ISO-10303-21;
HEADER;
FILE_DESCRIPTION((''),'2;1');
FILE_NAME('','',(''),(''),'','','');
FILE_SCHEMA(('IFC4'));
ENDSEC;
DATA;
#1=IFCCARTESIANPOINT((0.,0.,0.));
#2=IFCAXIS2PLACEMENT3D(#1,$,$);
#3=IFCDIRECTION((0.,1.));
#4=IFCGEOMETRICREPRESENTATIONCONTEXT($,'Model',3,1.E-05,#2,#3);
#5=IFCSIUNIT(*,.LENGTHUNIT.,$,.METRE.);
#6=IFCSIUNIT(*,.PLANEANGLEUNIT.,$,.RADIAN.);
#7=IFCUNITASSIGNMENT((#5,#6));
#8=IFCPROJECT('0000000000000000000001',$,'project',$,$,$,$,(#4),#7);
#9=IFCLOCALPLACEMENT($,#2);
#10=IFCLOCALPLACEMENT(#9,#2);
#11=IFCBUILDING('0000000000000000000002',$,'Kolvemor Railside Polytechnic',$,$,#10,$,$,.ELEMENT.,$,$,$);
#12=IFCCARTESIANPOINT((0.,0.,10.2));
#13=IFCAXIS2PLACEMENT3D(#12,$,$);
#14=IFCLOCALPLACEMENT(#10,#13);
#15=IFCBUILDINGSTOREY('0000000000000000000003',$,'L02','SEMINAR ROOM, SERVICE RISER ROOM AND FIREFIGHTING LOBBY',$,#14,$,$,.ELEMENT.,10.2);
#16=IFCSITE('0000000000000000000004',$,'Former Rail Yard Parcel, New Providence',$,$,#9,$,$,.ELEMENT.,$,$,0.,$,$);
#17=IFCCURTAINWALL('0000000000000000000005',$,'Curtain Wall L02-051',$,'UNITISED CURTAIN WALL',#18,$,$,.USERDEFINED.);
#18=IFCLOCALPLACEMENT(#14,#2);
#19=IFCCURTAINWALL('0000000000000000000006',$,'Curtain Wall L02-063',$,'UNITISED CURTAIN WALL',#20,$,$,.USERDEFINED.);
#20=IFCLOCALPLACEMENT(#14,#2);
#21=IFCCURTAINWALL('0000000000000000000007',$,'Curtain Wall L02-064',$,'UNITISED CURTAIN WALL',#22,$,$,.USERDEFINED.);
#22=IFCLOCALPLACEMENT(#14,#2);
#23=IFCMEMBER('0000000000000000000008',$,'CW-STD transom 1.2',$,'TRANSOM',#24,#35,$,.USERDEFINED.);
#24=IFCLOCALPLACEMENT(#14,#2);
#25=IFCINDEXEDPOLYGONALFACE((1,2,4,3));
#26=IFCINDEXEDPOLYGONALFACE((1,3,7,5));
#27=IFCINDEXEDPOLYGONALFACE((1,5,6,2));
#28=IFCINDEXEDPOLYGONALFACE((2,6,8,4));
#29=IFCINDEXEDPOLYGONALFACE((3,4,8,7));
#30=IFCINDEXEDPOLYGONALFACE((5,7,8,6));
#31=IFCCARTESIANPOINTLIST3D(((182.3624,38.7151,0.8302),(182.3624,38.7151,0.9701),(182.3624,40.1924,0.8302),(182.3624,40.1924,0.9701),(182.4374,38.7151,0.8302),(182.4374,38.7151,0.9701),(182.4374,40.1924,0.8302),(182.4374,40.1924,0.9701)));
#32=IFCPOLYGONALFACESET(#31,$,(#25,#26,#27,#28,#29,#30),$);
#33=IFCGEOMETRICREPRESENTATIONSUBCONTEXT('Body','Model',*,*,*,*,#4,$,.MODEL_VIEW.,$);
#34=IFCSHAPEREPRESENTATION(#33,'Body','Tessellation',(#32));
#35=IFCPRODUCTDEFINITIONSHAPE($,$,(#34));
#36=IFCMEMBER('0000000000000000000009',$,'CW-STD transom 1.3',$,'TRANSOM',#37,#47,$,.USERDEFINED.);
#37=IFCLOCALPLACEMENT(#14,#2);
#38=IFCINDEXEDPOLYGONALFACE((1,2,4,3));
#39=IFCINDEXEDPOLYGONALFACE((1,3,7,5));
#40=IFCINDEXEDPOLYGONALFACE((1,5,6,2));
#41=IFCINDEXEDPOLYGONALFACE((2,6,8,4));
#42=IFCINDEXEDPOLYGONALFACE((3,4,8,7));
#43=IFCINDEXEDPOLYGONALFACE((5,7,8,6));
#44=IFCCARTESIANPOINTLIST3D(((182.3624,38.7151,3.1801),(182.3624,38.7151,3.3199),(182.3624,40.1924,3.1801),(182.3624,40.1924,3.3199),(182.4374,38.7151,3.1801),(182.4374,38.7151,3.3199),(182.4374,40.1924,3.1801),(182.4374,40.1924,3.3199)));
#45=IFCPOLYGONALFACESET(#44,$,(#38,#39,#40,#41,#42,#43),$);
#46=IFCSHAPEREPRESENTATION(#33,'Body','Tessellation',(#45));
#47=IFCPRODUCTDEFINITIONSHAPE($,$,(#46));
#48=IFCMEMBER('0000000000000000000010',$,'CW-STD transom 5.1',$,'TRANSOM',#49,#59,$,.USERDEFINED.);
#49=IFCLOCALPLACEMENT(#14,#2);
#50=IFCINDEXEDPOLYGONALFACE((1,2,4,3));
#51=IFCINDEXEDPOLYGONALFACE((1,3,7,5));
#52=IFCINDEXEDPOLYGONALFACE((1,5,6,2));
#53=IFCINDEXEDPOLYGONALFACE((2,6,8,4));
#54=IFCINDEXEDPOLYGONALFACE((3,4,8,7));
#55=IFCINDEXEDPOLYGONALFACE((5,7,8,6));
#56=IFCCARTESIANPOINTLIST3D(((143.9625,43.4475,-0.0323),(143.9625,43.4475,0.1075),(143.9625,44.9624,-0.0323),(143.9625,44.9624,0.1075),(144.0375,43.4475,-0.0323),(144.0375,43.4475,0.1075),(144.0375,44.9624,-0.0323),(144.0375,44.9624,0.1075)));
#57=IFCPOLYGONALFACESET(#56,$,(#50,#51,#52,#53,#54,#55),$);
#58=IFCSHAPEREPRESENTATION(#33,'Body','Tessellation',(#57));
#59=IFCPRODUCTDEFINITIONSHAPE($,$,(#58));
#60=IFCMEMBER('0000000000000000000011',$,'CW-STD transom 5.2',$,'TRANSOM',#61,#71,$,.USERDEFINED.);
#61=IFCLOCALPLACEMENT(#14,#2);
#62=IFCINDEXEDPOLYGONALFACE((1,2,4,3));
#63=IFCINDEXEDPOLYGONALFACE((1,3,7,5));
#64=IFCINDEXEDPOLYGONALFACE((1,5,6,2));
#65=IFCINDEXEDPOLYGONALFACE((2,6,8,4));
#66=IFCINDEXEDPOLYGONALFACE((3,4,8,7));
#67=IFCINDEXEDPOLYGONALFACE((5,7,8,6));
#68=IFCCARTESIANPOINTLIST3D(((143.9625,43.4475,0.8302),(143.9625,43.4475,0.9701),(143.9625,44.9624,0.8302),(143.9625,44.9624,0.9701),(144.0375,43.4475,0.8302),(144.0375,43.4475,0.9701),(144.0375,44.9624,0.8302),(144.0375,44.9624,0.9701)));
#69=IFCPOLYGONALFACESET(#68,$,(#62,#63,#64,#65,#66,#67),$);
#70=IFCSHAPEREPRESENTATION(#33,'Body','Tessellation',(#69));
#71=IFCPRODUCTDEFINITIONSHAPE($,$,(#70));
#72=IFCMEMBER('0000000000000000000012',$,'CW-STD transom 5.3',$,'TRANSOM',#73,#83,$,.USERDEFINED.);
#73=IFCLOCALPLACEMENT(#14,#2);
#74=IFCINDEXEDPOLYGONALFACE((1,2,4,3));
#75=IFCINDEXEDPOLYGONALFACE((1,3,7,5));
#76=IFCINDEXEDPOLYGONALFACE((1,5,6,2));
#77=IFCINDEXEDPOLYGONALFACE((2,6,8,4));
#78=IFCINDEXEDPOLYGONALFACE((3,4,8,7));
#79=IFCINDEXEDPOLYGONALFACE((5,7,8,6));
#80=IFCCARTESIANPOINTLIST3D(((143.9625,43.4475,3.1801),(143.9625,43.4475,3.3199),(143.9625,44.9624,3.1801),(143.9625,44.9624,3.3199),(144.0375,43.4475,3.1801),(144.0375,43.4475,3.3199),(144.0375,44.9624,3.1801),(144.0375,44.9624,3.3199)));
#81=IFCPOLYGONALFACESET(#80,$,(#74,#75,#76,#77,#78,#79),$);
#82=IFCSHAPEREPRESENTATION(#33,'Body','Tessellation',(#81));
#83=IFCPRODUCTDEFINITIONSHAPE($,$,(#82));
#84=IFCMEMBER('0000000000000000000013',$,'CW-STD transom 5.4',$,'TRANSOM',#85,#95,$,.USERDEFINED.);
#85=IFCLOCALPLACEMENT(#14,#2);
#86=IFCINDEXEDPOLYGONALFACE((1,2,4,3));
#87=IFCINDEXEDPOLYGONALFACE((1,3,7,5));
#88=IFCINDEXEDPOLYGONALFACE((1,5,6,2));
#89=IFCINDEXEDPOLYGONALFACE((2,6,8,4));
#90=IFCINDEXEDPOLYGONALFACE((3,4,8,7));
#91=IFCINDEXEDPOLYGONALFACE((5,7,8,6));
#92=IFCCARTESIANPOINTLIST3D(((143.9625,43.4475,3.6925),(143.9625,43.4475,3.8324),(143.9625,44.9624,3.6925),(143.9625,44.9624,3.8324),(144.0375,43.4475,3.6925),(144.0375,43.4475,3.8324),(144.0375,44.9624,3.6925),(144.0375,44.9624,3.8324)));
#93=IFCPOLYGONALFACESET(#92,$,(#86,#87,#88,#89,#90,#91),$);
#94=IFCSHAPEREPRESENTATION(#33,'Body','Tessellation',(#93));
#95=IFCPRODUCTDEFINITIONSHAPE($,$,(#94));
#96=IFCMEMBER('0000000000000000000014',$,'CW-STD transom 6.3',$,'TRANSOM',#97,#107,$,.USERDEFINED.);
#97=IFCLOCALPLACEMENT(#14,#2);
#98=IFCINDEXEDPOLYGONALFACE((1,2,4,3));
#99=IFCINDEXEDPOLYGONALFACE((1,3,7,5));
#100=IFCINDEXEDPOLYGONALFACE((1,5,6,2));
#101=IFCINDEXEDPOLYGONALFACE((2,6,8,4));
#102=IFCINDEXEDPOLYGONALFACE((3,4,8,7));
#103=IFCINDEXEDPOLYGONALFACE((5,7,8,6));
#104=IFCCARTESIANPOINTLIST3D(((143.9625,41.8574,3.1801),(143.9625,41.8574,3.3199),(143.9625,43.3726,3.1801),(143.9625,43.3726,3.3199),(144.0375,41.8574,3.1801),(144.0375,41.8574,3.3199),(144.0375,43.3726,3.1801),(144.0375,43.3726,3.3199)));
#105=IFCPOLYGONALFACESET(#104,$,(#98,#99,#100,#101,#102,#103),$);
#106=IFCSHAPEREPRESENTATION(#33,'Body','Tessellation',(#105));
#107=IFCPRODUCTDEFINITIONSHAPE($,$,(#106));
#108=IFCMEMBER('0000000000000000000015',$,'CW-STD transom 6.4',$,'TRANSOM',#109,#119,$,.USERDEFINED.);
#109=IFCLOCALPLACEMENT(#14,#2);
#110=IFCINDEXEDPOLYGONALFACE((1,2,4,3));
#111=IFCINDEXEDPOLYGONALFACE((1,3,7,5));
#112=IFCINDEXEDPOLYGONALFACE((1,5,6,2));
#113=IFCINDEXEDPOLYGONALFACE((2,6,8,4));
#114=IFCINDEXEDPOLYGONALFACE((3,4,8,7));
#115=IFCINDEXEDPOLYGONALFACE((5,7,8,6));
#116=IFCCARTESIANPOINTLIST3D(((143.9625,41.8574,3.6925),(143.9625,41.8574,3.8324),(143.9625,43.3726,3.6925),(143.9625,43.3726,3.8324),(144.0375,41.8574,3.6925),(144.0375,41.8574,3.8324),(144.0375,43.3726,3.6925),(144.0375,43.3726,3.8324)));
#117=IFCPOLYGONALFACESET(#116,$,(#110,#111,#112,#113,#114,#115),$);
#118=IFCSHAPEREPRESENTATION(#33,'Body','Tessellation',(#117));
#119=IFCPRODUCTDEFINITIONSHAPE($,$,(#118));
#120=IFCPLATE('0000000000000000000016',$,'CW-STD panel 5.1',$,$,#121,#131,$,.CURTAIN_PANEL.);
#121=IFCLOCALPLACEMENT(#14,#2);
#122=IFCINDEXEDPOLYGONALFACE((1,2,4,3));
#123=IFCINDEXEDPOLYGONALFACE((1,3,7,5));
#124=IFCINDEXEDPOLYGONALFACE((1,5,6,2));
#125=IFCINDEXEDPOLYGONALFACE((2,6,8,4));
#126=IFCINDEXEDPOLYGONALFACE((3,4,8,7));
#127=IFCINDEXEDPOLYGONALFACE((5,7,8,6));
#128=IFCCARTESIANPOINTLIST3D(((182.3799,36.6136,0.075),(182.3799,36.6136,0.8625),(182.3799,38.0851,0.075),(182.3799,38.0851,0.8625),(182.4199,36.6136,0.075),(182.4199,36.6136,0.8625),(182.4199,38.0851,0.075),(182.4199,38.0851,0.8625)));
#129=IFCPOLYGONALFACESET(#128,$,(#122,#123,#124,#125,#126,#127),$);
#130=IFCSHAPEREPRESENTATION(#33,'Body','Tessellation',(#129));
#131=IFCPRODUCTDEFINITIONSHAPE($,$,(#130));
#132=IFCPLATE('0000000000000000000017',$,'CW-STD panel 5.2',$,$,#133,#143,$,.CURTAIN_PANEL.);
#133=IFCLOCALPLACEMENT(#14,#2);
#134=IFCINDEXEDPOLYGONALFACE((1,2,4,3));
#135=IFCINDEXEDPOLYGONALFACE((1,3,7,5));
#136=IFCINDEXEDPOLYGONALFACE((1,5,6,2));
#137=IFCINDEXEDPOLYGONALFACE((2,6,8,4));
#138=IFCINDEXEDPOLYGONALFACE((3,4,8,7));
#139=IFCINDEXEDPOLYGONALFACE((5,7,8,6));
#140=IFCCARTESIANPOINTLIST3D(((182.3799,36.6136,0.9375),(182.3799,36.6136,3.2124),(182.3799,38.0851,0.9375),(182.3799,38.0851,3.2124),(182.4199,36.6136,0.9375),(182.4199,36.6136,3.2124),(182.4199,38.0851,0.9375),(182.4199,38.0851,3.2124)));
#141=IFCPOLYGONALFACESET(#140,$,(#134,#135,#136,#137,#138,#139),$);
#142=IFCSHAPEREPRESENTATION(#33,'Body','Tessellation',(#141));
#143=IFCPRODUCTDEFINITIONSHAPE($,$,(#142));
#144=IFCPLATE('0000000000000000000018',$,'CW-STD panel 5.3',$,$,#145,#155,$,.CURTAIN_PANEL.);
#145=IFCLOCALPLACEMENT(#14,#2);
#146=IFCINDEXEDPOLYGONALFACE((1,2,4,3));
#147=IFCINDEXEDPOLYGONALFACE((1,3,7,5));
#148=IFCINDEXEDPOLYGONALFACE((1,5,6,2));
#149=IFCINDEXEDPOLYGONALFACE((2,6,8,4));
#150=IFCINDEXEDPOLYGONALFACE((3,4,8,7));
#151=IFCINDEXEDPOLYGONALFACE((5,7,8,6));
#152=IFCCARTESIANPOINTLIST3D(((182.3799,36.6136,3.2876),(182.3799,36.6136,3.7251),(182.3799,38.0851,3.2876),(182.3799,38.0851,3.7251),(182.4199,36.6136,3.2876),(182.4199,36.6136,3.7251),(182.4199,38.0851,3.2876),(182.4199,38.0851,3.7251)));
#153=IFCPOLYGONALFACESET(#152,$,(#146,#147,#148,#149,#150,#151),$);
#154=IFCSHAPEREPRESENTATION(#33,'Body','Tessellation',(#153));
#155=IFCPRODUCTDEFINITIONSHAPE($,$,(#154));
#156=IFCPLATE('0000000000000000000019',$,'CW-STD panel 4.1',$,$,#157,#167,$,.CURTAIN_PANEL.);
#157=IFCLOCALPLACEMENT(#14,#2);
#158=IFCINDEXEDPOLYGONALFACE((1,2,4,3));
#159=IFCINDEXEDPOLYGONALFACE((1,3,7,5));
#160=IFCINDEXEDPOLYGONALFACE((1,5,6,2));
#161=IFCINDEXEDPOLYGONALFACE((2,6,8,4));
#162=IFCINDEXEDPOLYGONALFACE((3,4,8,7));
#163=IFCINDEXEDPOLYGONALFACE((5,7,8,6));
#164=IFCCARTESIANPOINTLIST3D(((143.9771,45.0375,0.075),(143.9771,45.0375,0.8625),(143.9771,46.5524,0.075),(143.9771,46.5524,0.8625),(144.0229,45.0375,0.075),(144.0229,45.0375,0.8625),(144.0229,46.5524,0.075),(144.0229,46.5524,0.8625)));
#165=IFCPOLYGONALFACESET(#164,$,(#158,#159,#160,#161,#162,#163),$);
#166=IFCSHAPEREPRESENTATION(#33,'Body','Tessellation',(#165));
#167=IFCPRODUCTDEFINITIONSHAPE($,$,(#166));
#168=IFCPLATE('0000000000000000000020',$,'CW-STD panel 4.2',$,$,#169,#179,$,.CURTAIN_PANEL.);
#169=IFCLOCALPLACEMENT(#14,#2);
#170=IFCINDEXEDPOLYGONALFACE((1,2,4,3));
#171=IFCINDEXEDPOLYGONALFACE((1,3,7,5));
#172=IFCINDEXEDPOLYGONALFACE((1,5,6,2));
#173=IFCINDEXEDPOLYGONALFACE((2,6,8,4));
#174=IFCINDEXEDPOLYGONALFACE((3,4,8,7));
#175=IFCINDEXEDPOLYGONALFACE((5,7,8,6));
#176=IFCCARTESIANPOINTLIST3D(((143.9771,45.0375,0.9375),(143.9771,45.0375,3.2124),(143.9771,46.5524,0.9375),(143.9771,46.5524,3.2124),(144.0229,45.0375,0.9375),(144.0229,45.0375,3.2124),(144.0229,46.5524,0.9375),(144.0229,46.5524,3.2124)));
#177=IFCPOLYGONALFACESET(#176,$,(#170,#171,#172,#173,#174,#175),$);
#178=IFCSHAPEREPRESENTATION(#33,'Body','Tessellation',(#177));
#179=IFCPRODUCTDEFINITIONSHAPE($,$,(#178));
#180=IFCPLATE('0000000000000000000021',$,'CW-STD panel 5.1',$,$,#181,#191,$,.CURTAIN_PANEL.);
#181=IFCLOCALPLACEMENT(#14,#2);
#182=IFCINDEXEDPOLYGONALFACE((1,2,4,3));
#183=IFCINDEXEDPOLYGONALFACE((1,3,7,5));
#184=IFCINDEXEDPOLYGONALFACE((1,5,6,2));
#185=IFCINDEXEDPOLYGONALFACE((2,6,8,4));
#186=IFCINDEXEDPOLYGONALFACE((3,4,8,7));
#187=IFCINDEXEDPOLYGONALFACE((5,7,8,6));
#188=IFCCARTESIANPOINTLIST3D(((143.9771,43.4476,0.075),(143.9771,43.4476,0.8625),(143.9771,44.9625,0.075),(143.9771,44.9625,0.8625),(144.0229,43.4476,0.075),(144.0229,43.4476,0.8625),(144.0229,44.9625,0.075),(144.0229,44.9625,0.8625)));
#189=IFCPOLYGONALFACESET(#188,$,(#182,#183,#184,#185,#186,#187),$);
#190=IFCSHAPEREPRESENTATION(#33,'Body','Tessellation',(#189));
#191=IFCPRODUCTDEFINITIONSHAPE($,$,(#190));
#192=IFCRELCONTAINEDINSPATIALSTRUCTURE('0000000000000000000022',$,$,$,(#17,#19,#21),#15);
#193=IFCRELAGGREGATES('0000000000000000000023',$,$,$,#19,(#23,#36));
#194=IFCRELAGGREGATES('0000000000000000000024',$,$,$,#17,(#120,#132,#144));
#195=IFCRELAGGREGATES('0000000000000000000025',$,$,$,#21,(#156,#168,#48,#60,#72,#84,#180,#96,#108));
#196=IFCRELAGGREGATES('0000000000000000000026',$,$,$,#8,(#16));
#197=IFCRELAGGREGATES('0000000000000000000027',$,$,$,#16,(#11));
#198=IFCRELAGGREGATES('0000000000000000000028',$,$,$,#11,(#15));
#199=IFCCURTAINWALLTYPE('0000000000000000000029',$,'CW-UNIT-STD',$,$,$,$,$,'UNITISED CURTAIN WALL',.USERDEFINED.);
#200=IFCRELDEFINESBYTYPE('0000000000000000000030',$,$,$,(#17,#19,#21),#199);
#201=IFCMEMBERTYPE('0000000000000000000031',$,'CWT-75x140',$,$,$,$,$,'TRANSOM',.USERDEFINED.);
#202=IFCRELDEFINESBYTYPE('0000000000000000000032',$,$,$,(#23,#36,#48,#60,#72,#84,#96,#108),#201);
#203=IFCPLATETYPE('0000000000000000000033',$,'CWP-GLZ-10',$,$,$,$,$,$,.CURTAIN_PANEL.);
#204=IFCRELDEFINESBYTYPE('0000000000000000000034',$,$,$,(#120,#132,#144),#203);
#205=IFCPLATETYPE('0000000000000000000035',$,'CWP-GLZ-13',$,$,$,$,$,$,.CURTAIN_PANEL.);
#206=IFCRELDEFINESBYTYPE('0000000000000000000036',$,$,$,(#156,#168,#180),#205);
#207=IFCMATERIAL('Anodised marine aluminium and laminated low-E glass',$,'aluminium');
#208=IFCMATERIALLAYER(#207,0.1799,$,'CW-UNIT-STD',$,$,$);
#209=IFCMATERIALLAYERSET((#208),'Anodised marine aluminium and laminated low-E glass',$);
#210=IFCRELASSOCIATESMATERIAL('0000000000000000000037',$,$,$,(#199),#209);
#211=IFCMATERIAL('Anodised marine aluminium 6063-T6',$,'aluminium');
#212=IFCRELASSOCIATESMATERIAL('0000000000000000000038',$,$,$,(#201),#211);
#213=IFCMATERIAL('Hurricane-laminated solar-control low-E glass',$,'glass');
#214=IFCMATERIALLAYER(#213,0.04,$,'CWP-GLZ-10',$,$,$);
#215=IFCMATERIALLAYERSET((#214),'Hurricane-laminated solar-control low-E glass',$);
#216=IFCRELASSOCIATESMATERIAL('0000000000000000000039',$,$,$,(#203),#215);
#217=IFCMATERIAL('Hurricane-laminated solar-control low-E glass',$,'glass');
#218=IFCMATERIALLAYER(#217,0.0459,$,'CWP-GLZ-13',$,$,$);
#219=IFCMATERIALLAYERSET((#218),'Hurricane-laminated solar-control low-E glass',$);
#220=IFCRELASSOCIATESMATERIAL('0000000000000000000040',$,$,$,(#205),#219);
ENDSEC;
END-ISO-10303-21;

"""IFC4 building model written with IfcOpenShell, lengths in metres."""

from ifc_helpers import new_model, si_unit, direction, frame, origin, origin_2d, place, context, subcontext, project, spatial, rectangle, extrude, material, layer, layer_set, material_profile, profile_set, type_object, element, aggregate, save


model = new_model("IFC4")

# Units and contexts
model_context = context("Model", 3, precision=1e-05, world=origin(), true_north=direction((0.0, 1.0)))
body_context = subcontext(model_context, "Body", "Model", "MODEL_VIEW")
ifc_project = project(units=[si_unit("LENGTHUNIT", "METRE"), si_unit("PLANEANGLEUNIT", "RADIAN")], contexts=[model_context])

# Site, building, storey
site_placement = place(None, origin())
site = spatial("IfcSite", under=ifc_project, at=site_placement, Name="Former Rail Yard Parcel, New Providence", CompositionType="ELEMENT", RefElevation=0.0)
building_placement = place(site_placement, origin())
building = spatial("IfcBuilding", under=site, at=building_placement, Name="Kolvemor Railside Polytechnic", CompositionType="ELEMENT")
storey_placement = place(building_placement, frame((0.0, 0.0, 10.2)))
storey = spatial("IfcBuildingStorey", under=building, at=storey_placement, Name="L02", Description="SEMINAR ROOM, SERVICE RISER ROOM AND FIREFIGHTING LOBBY", CompositionType="ELEMENT", Elevation=10.2)

# Curtain wall
ifc_material_1 = material(Name="Anodised marine aluminium and laminated low-E glass", Category="aluminium")
ifc_layer_1 = layer(ifc_material_1, 0.1799, Name="CW-UNIT-STD")
ifc_layer_set_1 = layer_set([ifc_layer_1], Name="Anodised marine aluminium and laminated low-E glass")
curtain_wall_type = type_object("IfcCurtainWallType", Name="CW-UNIT-STD", ElementType="UNITISED CURTAIN WALL", PredefinedType="USERDEFINED", material=ifc_layer_set_1)
curtain_wall_1_placement = place(storey_placement, origin())
curtain_wall_1 = element("IfcCurtainWall", 1, at=curtain_wall_1_placement, inside=storey, type_object=curtain_wall_type, Name="Curtain Wall L02-051", ObjectType="UNITISED CURTAIN WALL", PredefinedType="USERDEFINED")

# Curtain wall
curtain_wall_2_placement = place(storey_placement, origin())
curtain_wall_2 = element("IfcCurtainWall", 2, at=curtain_wall_2_placement, inside=storey, type_object=curtain_wall_type, Name="Curtain Wall L02-063", ObjectType="UNITISED CURTAIN WALL", PredefinedType="USERDEFINED")

# Curtain wall
curtain_wall_3_placement = place(storey_placement, origin())
curtain_wall_3 = element("IfcCurtainWall", 3, at=curtain_wall_3_placement, inside=storey, type_object=curtain_wall_type, Name="Curtain Wall L02-064", ObjectType="UNITISED CURTAIN WALL", PredefinedType="USERDEFINED")

# Members
ifc_material_2 = material(Name="Anodised marine aluminium 6063-T6", Category="aluminium")
ifc_material_profile_1 = material_profile(ifc_material_2, rectangle(XDim=0.075, YDim=0.1399, at=origin_2d()), Name="CW-TRN-75x140")
ifc_profile_set_1 = profile_set([ifc_material_profile_1], Name="Anodised marine aluminium 6063-T6")
member_type_1 = type_object("IfcMemberType", Name="CWT-75x140", ElementType="TRANSOM", PredefinedType="USERDEFINED", material=ifc_profile_set_1)
member_1_placement = place(storey_placement, frame((182.3999, 38.7151, 0.9001), z_axis=(0.0, 1.0, 0.0), x_axis=(-1.0, 0.0, 0.0)))
member_1 = element("IfcMember", 4, at=member_1_placement, type_object=member_type_1, Name="CW-STD transom 1.2", ObjectType="TRANSOM", PredefinedType="USERDEFINED", context=body_context, shape_type="SweptSolid", body=[
    extrude(rectangle(XDim=0.075, YDim=0.1399, at=origin_2d()), origin(), (0.0, 0.0, 1.0), 1.4773),
])
member_2_placement = place(storey_placement, frame((182.3999, 38.7151, 3.25), z_axis=(0.0, 1.0, 0.0), x_axis=(-1.0, 0.0, 0.0)))
member_2 = element("IfcMember", 5, at=member_2_placement, type_object=member_type_1, Name="CW-STD transom 1.3", ObjectType="TRANSOM", PredefinedType="USERDEFINED", context=body_context, shape_type="SweptSolid", body=[
    extrude(rectangle(XDim=0.075, YDim=0.1399, at=origin_2d()), origin(), (0.0, 0.0, 1.0), 1.4773),
])
aggregate(curtain_wall_2, [member_1, member_2])
member_3_placement = place(storey_placement, frame((144.0, 44.9624, 0.0376), z_axis=(0.0, -1.0, 0.0), x_axis=(1.0, 0.0, 0.0)))
member_3 = element("IfcMember", 6, at=member_3_placement, type_object=member_type_1, Name="CW-STD transom 5.1", ObjectType="TRANSOM", PredefinedType="USERDEFINED", context=body_context, shape_type="SweptSolid", body=[
    extrude(rectangle(XDim=0.075, YDim=0.1399, at=origin_2d()), origin(), (0.0, 0.0, 1.0), 1.5149),
])
member_4_placement = place(storey_placement, frame((144.0, 44.9624, 0.9001), z_axis=(0.0, -1.0, 0.0), x_axis=(1.0, 0.0, 0.0)))
member_4 = element("IfcMember", 7, at=member_4_placement, type_object=member_type_1, Name="CW-STD transom 5.2", ObjectType="TRANSOM", PredefinedType="USERDEFINED", context=body_context, shape_type="SweptSolid", body=[
    extrude(rectangle(XDim=0.075, YDim=0.1399, at=origin_2d()), origin(), (0.0, 0.0, 1.0), 1.5149),
])
member_5_placement = place(storey_placement, frame((144.0, 44.9624, 3.25), z_axis=(0.0, -1.0, 0.0), x_axis=(1.0, 0.0, 0.0)))
member_5 = element("IfcMember", 8, at=member_5_placement, type_object=member_type_1, Name="CW-STD transom 5.3", ObjectType="TRANSOM", PredefinedType="USERDEFINED", context=body_context, shape_type="SweptSolid", body=[
    extrude(rectangle(XDim=0.075, YDim=0.1399, at=origin_2d()), origin(), (0.0, 0.0, 1.0), 1.5149),
])
member_6_placement = place(storey_placement, frame((144.0, 44.9624, 3.7625), z_axis=(0.0, -1.0, 0.0), x_axis=(1.0, 0.0, 0.0)))
member_6 = element("IfcMember", 9, at=member_6_placement, type_object=member_type_1, Name="CW-STD transom 5.4", ObjectType="TRANSOM", PredefinedType="USERDEFINED", context=body_context, shape_type="SweptSolid", body=[
    extrude(rectangle(XDim=0.075, YDim=0.1399, at=origin_2d()), origin(), (0.0, 0.0, 1.0), 1.5149),
])
member_7_placement = place(storey_placement, frame((144.0, 43.3726, 3.25), z_axis=(0.0, -1.0, 0.0), x_axis=(1.0, 0.0, 0.0)))
member_7 = element("IfcMember", 10, at=member_7_placement, type_object=member_type_1, Name="CW-STD transom 6.3", ObjectType="TRANSOM", PredefinedType="USERDEFINED", context=body_context, shape_type="SweptSolid", body=[
    extrude(rectangle(XDim=0.075, YDim=0.1399, at=origin_2d()), origin(), (0.0, 0.0, 1.0), 1.5151),
])
member_8_placement = place(storey_placement, frame((144.0, 43.3726, 3.7625), z_axis=(0.0, -1.0, 0.0), x_axis=(1.0, 0.0, 0.0)))
member_8 = element("IfcMember", 11, at=member_8_placement, type_object=member_type_1, Name="CW-STD transom 6.4", ObjectType="TRANSOM", PredefinedType="USERDEFINED", context=body_context, shape_type="SweptSolid", body=[
    extrude(rectangle(XDim=0.075, YDim=0.1399, at=origin_2d()), origin(), (0.0, 0.0, 1.0), 1.5151),
])

# Plates
ifc_material_3 = material(Name="Hurricane-laminated solar-control low-E glass", Category="glass")
ifc_layer_2 = layer(ifc_material_3, 0.04, Name="CWP-GLZ-10")
ifc_layer_set_2 = layer_set([ifc_layer_2], Name="Hurricane-laminated solar-control low-E glass")
plate_type_1 = type_object("IfcPlateType", Name="CWP-GLZ-10", PredefinedType="CURTAIN_PANEL", material=ifc_layer_set_2)
plate_1_placement = place(storey_placement, frame((182.3999, 37.3494, 0.075), z_axis=(0.0, 0.0, 1.0), x_axis=(0.0, 1.0, 0.0)))
plate_1 = element("IfcPlate", 12, at=plate_1_placement, type_object=plate_type_1, Name="CW-STD panel 5.1", PredefinedType="CURTAIN_PANEL", context=body_context, shape_type="SweptSolid", body=[
    extrude(rectangle(XDim=1.4714, YDim=0.04, at=origin_2d()), origin(), (0.0, 0.0, 1.0), 0.7876),
])
plate_2_placement = place(storey_placement, frame((182.3999, 37.3494, 0.9375), z_axis=(0.0, 0.0, 1.0), x_axis=(0.0, 1.0, 0.0)))
plate_2 = element("IfcPlate", 13, at=plate_2_placement, type_object=plate_type_1, Name="CW-STD panel 5.2", PredefinedType="CURTAIN_PANEL", context=body_context, shape_type="SweptSolid", body=[
    extrude(rectangle(XDim=1.4714, YDim=0.04, at=origin_2d()), origin(), (0.0, 0.0, 1.0), 2.2749),
])
plate_3_placement = place(storey_placement, frame((182.3999, 37.3494, 3.2876), z_axis=(0.0, 0.0, 1.0), x_axis=(0.0, 1.0, 0.0)))
plate_3 = element("IfcPlate", 14, at=plate_3_placement, type_object=plate_type_1, Name="CW-STD panel 5.3", PredefinedType="CURTAIN_PANEL", context=body_context, shape_type="SweptSolid", body=[
    extrude(rectangle(XDim=1.4714, YDim=0.04, at=origin_2d()), origin(), (0.0, 0.0, 1.0), 0.4375),
])
aggregate(curtain_wall_1, [plate_1, plate_2, plate_3])
ifc_material_4 = material(Name="Hurricane-laminated solar-control low-E glass", Category="glass")
ifc_layer_3 = layer(ifc_material_4, 0.0459, Name="CWP-GLZ-13")
ifc_layer_set_3 = layer_set([ifc_layer_3], Name="Hurricane-laminated solar-control low-E glass")
plate_type_2 = type_object("IfcPlateType", Name="CWP-GLZ-13", PredefinedType="CURTAIN_PANEL", material=ifc_layer_set_3)
plate_4_placement = place(storey_placement, frame((144.0, 45.7949, 0.075), z_axis=(0.0, 0.0, 1.0), x_axis=(0.0, -1.0, 0.0)))
plate_4 = element("IfcPlate", 15, at=plate_4_placement, type_object=plate_type_2, Name="CW-STD panel 4.1", PredefinedType="CURTAIN_PANEL", context=body_context, shape_type="SweptSolid", body=[
    extrude(rectangle(XDim=1.5149, YDim=0.0459, at=origin_2d()), origin(), (0.0, 0.0, 1.0), 0.7876),
])
plate_5_placement = place(storey_placement, frame((144.0, 45.7949, 0.9375), z_axis=(0.0, 0.0, 1.0), x_axis=(0.0, -1.0, 0.0)))
plate_5 = element("IfcPlate", 16, at=plate_5_placement, type_object=plate_type_2, Name="CW-STD panel 4.2", PredefinedType="CURTAIN_PANEL", context=body_context, shape_type="SweptSolid", body=[
    extrude(rectangle(XDim=1.5149, YDim=0.0459, at=origin_2d()), origin(), (0.0, 0.0, 1.0), 2.2749),
])
plate_6_placement = place(storey_placement, frame((144.0, 44.2051, 0.075), z_axis=(0.0, 0.0, 1.0), x_axis=(0.0, -1.0, 0.0)))
plate_6 = element("IfcPlate", 17, at=plate_6_placement, type_object=plate_type_2, Name="CW-STD panel 5.1", PredefinedType="CURTAIN_PANEL", context=body_context, shape_type="SweptSolid", body=[
    extrude(rectangle(XDim=1.5149, YDim=0.0459, at=origin_2d()), origin(), (0.0, 0.0, 1.0), 0.7876),
])
aggregate(curtain_wall_3, [plate_4, plate_5, member_3, member_4, member_5, member_6, plate_6, member_7, member_8])

save(model, "model.ifc")
